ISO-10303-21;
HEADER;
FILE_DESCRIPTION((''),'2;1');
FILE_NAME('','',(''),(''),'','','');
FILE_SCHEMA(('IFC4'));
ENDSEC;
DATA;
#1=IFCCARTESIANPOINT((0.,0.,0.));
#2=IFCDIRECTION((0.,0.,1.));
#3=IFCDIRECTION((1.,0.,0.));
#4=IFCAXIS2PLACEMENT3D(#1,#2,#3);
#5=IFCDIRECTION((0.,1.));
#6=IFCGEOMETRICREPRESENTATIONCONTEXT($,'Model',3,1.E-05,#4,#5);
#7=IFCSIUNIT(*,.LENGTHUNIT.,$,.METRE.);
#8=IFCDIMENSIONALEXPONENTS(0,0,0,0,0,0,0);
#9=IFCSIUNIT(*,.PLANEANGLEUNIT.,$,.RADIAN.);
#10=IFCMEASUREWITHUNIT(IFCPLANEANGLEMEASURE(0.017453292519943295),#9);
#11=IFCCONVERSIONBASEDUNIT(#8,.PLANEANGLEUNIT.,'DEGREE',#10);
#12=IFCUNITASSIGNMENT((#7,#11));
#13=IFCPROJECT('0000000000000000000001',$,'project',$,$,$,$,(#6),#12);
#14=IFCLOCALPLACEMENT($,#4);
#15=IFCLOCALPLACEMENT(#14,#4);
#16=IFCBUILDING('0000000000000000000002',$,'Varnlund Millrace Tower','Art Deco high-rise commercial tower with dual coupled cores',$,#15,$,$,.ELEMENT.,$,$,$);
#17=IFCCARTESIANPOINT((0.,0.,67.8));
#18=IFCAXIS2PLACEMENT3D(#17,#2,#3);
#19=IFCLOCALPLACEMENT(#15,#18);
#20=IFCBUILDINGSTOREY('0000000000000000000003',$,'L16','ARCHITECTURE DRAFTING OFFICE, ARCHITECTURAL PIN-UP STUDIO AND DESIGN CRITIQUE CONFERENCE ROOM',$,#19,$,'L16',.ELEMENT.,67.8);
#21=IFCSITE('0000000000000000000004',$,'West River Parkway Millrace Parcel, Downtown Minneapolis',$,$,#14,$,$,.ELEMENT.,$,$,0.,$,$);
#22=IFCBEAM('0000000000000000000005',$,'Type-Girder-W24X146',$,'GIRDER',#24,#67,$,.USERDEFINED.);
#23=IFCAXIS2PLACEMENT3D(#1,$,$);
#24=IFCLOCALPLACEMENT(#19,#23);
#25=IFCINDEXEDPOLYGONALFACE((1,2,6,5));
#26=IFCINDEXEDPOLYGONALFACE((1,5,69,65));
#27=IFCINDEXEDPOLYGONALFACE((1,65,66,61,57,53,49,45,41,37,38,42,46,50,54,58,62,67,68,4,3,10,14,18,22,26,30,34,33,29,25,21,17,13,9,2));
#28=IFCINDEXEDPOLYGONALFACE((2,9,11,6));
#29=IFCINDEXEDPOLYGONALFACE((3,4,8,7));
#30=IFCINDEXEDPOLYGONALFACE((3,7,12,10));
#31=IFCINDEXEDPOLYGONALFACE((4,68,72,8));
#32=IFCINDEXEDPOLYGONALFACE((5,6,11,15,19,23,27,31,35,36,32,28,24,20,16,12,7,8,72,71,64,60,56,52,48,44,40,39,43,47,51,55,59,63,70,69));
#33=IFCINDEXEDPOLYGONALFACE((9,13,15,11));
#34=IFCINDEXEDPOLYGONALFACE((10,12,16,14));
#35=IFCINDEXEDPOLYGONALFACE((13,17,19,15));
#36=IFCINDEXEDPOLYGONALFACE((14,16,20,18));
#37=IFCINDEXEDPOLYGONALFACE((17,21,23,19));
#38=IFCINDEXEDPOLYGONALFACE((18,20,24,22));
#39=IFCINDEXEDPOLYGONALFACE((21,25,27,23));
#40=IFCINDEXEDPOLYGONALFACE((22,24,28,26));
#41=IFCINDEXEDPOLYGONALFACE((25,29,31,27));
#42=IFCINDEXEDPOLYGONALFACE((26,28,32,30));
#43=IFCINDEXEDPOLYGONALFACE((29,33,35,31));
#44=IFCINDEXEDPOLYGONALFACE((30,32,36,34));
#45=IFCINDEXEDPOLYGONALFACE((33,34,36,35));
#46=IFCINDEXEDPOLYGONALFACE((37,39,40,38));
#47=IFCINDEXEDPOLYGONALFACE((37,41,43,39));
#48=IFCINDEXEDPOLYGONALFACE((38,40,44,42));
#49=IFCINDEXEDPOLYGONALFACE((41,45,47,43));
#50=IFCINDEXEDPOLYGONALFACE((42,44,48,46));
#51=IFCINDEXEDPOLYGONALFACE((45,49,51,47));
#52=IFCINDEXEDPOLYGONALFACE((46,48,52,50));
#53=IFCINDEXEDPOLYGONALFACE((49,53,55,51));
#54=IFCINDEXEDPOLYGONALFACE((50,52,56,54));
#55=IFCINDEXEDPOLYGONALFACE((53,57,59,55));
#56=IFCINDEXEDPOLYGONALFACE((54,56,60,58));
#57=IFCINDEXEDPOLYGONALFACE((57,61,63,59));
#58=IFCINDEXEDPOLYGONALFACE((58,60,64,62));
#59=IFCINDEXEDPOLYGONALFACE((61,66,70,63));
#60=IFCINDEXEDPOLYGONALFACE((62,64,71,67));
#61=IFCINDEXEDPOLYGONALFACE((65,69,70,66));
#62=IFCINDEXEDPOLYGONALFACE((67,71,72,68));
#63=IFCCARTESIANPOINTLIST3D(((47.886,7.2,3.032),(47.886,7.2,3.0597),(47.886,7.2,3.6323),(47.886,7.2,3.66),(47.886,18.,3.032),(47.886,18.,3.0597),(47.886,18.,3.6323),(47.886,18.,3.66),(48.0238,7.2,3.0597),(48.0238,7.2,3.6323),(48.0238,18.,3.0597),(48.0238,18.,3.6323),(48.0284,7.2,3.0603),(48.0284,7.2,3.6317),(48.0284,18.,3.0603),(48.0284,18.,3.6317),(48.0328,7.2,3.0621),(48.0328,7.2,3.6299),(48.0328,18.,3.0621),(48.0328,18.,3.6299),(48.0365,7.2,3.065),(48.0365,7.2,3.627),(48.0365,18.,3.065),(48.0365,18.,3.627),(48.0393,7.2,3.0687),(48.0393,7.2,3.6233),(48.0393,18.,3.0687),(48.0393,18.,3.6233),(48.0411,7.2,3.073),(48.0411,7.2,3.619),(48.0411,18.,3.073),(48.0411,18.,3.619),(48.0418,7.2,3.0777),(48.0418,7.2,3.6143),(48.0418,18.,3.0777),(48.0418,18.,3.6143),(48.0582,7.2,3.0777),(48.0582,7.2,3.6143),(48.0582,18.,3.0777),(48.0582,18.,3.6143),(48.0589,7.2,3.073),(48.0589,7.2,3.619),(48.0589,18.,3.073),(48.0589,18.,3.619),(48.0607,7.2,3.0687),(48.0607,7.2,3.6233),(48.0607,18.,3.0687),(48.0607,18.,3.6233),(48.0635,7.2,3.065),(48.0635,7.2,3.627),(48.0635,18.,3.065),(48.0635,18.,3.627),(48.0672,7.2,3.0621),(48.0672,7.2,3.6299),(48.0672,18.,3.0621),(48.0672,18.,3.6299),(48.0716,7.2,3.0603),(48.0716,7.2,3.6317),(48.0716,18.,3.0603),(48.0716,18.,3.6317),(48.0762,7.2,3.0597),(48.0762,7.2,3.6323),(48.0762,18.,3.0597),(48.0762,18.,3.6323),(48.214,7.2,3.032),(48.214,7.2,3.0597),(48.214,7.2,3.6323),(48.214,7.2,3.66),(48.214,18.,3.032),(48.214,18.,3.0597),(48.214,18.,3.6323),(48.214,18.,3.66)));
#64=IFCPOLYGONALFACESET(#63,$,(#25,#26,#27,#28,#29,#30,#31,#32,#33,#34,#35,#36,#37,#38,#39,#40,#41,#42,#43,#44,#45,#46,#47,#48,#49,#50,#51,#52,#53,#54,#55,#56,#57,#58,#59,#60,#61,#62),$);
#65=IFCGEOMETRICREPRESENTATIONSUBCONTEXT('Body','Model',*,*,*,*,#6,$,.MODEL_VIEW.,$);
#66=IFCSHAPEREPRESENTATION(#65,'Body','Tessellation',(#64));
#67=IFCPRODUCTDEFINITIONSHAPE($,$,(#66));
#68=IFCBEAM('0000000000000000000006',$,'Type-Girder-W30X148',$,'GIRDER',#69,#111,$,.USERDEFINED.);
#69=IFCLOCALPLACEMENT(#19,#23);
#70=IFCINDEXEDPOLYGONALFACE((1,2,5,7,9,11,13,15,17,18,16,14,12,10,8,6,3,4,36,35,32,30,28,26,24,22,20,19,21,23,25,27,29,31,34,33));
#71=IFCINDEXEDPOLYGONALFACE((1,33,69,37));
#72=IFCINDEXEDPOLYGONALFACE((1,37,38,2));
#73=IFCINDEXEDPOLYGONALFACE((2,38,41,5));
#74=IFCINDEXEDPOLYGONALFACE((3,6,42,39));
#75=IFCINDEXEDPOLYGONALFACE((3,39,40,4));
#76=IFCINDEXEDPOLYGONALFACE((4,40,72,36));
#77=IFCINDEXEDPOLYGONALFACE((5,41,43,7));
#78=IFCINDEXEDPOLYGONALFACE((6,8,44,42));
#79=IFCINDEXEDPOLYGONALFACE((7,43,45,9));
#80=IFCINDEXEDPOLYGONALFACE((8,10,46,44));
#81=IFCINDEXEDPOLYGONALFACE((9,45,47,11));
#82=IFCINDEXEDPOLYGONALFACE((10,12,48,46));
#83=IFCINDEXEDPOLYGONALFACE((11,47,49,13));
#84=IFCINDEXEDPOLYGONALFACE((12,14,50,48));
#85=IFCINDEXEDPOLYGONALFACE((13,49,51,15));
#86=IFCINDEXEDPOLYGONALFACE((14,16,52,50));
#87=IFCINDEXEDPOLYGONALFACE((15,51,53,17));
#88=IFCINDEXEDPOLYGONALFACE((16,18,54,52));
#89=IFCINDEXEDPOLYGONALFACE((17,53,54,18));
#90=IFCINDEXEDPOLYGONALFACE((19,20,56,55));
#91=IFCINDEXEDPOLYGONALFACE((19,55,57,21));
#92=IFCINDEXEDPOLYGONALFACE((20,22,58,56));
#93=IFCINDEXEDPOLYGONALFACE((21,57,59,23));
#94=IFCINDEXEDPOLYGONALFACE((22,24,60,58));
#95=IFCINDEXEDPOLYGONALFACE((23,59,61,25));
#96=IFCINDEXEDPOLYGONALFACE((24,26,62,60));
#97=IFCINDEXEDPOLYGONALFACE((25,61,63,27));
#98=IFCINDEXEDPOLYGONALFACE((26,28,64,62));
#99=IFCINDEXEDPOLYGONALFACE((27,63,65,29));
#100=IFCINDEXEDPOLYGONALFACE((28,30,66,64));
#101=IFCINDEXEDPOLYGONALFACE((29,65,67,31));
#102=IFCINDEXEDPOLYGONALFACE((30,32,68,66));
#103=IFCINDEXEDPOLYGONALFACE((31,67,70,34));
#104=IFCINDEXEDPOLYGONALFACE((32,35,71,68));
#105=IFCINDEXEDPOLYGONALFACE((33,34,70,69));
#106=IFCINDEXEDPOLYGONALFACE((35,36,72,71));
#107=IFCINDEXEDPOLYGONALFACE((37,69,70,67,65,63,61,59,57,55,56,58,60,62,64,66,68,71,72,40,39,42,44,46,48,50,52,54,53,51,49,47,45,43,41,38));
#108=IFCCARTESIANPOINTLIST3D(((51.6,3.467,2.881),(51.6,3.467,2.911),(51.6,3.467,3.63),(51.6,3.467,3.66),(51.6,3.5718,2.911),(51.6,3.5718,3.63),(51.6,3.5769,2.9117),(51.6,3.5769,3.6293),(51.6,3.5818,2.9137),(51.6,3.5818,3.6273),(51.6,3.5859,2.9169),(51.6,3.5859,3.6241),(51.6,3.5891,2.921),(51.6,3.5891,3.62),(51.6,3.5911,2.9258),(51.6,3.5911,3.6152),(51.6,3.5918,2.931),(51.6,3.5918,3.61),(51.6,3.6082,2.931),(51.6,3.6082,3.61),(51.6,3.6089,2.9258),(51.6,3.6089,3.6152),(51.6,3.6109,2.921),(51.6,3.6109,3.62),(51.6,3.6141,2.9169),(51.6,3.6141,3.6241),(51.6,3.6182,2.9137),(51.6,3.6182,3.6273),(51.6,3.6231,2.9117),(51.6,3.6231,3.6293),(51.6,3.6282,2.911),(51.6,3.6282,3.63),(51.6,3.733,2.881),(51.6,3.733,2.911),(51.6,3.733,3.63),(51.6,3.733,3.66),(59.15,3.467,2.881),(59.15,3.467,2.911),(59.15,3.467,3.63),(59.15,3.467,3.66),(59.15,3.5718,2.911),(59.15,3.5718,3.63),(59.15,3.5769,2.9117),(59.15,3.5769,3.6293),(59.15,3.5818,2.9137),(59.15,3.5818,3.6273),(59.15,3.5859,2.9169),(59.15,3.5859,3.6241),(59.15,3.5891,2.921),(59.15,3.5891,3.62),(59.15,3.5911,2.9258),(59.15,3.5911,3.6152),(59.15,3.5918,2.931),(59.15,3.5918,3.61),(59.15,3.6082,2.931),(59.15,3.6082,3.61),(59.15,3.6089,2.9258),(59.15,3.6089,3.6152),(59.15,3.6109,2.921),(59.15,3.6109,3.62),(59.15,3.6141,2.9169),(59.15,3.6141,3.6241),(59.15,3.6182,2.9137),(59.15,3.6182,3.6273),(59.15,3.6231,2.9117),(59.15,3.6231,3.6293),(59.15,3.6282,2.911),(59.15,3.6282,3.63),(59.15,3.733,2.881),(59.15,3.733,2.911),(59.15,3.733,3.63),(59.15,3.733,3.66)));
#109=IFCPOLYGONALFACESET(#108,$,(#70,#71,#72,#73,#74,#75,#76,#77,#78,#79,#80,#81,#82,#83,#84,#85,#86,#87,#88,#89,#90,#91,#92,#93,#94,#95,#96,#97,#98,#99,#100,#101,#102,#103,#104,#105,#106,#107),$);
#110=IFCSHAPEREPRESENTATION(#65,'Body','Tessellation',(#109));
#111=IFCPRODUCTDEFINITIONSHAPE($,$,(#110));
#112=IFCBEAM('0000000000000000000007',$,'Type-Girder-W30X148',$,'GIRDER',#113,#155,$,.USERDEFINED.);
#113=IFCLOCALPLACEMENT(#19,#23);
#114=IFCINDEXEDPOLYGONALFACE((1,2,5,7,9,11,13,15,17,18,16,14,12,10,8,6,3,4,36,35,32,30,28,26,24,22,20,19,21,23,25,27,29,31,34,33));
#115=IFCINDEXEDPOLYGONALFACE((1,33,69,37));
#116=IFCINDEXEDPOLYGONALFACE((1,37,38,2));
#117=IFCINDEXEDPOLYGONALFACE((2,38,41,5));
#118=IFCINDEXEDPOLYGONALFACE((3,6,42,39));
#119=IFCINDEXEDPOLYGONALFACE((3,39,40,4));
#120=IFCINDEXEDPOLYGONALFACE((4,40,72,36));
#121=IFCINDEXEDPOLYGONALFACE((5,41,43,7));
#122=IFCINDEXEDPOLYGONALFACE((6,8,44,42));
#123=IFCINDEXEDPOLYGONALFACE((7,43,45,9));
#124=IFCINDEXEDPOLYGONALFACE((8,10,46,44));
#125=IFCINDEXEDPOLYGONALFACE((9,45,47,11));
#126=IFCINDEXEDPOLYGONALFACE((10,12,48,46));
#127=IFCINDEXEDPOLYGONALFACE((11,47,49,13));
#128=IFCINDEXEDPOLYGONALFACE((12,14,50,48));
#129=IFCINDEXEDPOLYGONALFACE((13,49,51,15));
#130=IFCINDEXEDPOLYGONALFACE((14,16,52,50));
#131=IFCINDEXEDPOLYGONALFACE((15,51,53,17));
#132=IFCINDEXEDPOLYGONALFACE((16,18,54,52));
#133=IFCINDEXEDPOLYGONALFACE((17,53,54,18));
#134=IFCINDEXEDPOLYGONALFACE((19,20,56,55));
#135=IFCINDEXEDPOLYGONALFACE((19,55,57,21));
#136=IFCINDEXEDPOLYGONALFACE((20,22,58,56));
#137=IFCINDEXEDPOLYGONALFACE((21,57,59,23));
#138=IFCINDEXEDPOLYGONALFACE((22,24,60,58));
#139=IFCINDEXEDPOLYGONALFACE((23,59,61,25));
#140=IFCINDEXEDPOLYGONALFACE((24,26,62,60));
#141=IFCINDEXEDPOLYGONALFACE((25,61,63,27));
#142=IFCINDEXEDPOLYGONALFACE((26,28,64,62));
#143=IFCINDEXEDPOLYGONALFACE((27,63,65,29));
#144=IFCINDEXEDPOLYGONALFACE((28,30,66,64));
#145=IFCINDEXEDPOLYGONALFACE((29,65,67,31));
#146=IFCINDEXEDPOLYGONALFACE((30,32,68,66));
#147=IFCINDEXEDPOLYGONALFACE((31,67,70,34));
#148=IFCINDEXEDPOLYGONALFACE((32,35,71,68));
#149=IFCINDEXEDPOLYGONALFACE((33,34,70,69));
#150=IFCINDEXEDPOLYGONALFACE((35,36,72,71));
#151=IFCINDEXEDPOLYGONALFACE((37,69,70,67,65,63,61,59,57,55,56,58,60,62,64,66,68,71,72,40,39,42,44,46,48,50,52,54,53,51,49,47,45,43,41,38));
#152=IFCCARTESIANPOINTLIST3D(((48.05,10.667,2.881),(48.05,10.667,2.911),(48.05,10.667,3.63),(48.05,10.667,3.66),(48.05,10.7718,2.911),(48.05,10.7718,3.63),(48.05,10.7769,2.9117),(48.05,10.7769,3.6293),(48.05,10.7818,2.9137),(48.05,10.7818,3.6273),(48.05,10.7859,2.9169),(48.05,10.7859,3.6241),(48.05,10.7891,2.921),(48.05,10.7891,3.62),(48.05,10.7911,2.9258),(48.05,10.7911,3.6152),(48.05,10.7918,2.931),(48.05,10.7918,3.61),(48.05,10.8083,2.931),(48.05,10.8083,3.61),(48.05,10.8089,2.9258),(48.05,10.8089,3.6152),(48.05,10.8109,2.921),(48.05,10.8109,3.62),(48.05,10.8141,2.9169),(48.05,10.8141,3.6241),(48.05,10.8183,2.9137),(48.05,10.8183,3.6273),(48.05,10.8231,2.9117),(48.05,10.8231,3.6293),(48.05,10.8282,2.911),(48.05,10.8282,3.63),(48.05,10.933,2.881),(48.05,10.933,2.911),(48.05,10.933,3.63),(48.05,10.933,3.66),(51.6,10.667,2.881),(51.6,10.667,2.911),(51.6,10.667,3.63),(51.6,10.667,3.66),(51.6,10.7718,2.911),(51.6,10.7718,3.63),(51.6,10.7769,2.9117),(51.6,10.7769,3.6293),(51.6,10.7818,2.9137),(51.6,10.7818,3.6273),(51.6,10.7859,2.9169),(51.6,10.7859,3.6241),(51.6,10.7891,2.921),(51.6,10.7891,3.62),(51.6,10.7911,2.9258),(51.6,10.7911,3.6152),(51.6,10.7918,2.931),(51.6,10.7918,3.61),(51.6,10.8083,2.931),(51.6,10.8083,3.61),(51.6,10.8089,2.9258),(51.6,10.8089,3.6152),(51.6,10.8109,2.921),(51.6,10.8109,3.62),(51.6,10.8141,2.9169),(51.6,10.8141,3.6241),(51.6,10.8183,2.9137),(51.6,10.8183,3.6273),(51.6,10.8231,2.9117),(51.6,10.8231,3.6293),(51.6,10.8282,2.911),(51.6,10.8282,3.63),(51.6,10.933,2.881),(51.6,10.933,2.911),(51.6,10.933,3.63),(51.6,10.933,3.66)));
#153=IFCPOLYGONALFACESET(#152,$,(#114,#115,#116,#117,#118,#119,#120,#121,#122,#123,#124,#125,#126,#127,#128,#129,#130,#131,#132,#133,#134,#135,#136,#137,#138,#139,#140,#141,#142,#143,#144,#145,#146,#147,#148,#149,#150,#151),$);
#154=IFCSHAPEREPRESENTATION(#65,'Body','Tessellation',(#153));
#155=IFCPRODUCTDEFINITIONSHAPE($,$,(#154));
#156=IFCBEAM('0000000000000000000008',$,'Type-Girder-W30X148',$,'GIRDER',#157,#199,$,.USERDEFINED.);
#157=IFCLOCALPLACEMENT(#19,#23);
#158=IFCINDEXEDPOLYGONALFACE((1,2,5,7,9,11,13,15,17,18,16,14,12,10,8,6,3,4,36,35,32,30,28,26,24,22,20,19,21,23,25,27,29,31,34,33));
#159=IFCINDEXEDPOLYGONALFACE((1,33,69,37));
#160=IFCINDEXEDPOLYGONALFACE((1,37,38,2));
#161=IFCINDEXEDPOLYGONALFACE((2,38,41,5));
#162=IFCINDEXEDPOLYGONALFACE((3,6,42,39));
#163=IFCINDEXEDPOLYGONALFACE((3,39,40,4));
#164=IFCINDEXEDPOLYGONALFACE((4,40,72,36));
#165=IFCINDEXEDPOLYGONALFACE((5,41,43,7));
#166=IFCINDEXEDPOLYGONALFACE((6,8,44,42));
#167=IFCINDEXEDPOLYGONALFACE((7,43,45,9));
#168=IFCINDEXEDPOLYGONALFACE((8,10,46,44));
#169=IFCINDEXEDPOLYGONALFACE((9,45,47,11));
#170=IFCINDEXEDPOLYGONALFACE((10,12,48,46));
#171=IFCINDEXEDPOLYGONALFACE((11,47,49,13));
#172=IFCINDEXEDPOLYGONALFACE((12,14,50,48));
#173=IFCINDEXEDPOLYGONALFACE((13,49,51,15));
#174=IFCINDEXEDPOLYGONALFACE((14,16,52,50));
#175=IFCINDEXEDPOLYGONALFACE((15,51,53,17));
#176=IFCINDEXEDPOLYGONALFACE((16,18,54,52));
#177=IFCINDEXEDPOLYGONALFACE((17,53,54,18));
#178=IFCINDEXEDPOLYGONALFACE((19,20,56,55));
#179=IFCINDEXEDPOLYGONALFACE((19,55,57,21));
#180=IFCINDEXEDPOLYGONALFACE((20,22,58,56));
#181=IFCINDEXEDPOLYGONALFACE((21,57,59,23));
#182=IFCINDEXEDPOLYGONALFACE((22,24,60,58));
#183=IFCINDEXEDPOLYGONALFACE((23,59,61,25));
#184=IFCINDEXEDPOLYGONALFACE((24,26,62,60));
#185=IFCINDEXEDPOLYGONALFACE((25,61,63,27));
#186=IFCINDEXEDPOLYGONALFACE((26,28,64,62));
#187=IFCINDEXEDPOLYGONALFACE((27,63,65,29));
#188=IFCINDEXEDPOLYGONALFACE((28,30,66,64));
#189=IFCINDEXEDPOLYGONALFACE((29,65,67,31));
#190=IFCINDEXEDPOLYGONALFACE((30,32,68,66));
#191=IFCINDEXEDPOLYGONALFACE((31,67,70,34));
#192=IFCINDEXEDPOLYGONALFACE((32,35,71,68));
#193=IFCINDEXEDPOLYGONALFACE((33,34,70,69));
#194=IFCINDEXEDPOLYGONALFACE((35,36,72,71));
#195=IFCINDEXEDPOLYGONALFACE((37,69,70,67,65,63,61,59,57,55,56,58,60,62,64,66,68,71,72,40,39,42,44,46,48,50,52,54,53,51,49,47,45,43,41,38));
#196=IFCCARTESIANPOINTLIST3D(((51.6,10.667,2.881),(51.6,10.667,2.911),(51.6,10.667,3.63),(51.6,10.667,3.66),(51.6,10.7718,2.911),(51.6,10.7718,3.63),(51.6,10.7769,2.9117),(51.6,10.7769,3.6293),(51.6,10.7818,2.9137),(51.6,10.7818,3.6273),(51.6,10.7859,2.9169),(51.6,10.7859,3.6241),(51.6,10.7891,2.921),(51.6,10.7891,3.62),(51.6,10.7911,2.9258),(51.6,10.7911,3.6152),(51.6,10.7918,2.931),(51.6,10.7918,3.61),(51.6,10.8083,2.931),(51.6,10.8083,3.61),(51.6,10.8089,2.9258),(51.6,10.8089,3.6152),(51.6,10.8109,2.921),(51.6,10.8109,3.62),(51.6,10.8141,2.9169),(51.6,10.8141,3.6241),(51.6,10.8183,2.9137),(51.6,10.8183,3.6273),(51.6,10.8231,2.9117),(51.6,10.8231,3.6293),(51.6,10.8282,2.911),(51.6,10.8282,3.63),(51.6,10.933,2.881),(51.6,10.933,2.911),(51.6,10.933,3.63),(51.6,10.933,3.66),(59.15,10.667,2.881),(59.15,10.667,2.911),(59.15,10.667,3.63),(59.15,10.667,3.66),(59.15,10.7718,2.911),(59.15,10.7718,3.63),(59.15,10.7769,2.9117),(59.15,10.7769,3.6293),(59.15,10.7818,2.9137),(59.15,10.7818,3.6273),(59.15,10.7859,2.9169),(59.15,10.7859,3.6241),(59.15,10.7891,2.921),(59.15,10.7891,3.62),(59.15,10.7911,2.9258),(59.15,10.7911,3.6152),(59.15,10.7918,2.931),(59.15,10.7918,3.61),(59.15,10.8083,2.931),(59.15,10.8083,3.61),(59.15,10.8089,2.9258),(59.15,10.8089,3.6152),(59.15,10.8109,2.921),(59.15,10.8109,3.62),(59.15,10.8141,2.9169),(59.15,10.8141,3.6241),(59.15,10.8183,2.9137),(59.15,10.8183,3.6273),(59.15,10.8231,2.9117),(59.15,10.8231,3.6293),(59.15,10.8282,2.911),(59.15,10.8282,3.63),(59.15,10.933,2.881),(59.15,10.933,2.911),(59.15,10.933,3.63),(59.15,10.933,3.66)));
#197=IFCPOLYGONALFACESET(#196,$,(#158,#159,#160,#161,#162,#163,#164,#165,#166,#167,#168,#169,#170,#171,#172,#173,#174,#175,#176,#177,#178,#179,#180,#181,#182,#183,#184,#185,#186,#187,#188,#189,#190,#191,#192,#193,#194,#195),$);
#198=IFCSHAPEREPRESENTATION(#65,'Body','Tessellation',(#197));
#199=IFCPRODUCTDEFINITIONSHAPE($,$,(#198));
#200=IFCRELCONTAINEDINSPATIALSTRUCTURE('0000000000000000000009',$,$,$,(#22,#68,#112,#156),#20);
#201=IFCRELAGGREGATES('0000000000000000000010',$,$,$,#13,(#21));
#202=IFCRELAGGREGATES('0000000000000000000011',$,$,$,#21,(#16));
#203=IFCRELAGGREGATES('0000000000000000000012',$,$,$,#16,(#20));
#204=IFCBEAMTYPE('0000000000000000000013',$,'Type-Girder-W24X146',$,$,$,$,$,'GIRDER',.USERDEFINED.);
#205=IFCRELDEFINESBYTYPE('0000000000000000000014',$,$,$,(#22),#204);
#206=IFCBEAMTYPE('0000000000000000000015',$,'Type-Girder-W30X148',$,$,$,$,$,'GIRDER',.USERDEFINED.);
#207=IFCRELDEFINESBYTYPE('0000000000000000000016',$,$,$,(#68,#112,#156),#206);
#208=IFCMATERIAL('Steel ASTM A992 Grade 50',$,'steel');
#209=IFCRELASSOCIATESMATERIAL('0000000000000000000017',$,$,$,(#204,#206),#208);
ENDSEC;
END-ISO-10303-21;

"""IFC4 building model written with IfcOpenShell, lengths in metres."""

from ifc_helpers import new_model, entity, si_unit, converted_unit, direction, frame, origin_with_axes, origin_2d_with_axis, place, context, subcontext, project, spatial, i_section, extrude, material, material_profile, profile_set, type_object, element, save


model = new_model("IFC4")

# Units and contexts
model_context = context("Model", 3, precision=1e-05, world=origin_with_axes(), true_north=direction((0.0, 1.0)))
body_context = subcontext(model_context, "Body", "Model", "MODEL_VIEW")
ifc_project = project(units=[si_unit("LENGTHUNIT", "METRE"), converted_unit("PLANEANGLEUNIT", "DEGREE", entity("IfcPlaneAngleMeasure", 0.017453292519943295), si_unit("PLANEANGLEUNIT", "RADIAN"), dimensions=[0, 0, 0, 0, 0, 0, 0])], contexts=[model_context])

# Site, building, storey
site_placement = place(None, origin_with_axes())
site = spatial("IfcSite", under=ifc_project, at=site_placement, Name="West River Parkway Millrace Parcel, Downtown Minneapolis", CompositionType="ELEMENT", RefElevation=0.0)
building_placement = place(site_placement, origin_with_axes())
building = spatial("IfcBuilding", under=site, at=building_placement, Name="Varnlund Millrace Tower", Description="Art Deco high-rise commercial tower with dual coupled cores", CompositionType="ELEMENT")
storey_placement = place(building_placement, frame((0.0, 0.0, 67.8), z_axis=(0.0, 0.0, 1.0), x_axis=(1.0, 0.0, 0.0)))
storey = spatial("IfcBuildingStorey", under=building, at=storey_placement, Name="L16", Description="ARCHITECTURE DRAFTING OFFICE, ARCHITECTURAL PIN-UP STUDIO AND DESIGN CRITIQUE CONFERENCE ROOM", LongName="L16", CompositionType="ELEMENT", Elevation=67.8)

# Beams
ifc_material_1 = material(Name="Steel ASTM A992 Grade 50", Category="steel")
ifc_material_profile_1 = material_profile(ifc_material_1, i_section(OverallWidth=0.328, OverallDepth=0.628, WebThickness=0.0165, FlangeThickness=0.0277, FilletRadius=0.018, at=origin_2d_with_axis()), Name="Steel ASTM A992 Grade 50")
ifc_profile_set_1 = profile_set([ifc_material_profile_1], Name="Steel ASTM A992 Grade 50")
beam_type_1 = type_object("IfcBeamType", Name="Type-Girder-W24X146", ElementType="GIRDER", PredefinedType="USERDEFINED", material=ifc_profile_set_1)
beam_1_placement = place(storey_placement, frame((48.05, 7.2, 3.346), z_axis=(0.0, 1.0, 0.0), x_axis=(-1.0, 0.0, 0.0)))
element("IfcBeam", 1, at=beam_1_placement, inside=storey, type_object=beam_type_1, Name="Type-Girder-W24X146", ObjectType="GIRDER", PredefinedType="USERDEFINED", context=body_context, shape_type="SweptSolid", body=[
    extrude(i_section(OverallWidth=0.328, OverallDepth=0.628, WebThickness=0.0165, FlangeThickness=0.0277, FilletRadius=0.018, at=origin_2d_with_axis()), origin_with_axes(), (0.0, 0.0, 1.0), 10.8),
])
ifc_material_profile_2 = material_profile(ifc_material_1, i_section(OverallWidth=0.266, OverallDepth=0.779, WebThickness=0.0165, FlangeThickness=0.03, FilletRadius=0.02, at=origin_2d_with_axis()), Name="Steel ASTM A992 Grade 50")
ifc_profile_set_2 = profile_set([ifc_material_profile_2], Name="Steel ASTM A992 Grade 50")
beam_type_2 = type_object("IfcBeamType", Name="Type-Girder-W30X148", ElementType="GIRDER", PredefinedType="USERDEFINED", material=ifc_profile_set_2)
beam_2_placement = place(storey_placement, frame((51.6, 3.6, 3.2705), z_axis=(1.0, 0.0, 0.0), x_axis=(0.0, 1.0, 0.0)))
element("IfcBeam", 2, at=beam_2_placement, inside=storey, type_object=beam_type_2, Name="Type-Girder-W30X148", ObjectType="GIRDER", PredefinedType="USERDEFINED", context=body_context, shape_type="SweptSolid", body=[
    extrude(i_section(OverallWidth=0.266, OverallDepth=0.779, WebThickness=0.0165, FlangeThickness=0.03, FilletRadius=0.02, at=origin_2d_with_axis()), origin_with_axes(), (0.0, 0.0, 1.0), 7.55),
])
beam_3_placement = place(storey_placement, frame((48.05, 10.8, 3.2705), z_axis=(1.0, 0.0, 0.0), x_axis=(0.0, 1.0, 0.0)))
element("IfcBeam", 3, at=beam_3_placement, inside=storey, type_object=beam_type_2, Name="Type-Girder-W30X148", ObjectType="GIRDER", PredefinedType="USERDEFINED", context=body_context, shape_type="SweptSolid", body=[
    extrude(i_section(OverallWidth=0.266, OverallDepth=0.779, WebThickness=0.0165, FlangeThickness=0.03, FilletRadius=0.02, at=origin_2d_with_axis()), origin_with_axes(), (0.0, 0.0, 1.0), 3.55),
])
beam_4_placement = place(storey_placement, frame((51.6, 10.8, 3.2705), z_axis=(1.0, 0.0, 0.0), x_axis=(0.0, 1.0, 0.0)))
element("IfcBeam", 4, at=beam_4_placement, inside=storey, type_object=beam_type_2, Name="Type-Girder-W30X148", ObjectType="GIRDER", PredefinedType="USERDEFINED", context=body_context, shape_type="SweptSolid", body=[
    extrude(i_section(OverallWidth=0.266, OverallDepth=0.779, WebThickness=0.0165, FlangeThickness=0.03, FilletRadius=0.02, at=origin_2d_with_axis()), origin_with_axes(), (0.0, 0.0, 1.0), 7.55),
])

save(model, "model.ifc")
